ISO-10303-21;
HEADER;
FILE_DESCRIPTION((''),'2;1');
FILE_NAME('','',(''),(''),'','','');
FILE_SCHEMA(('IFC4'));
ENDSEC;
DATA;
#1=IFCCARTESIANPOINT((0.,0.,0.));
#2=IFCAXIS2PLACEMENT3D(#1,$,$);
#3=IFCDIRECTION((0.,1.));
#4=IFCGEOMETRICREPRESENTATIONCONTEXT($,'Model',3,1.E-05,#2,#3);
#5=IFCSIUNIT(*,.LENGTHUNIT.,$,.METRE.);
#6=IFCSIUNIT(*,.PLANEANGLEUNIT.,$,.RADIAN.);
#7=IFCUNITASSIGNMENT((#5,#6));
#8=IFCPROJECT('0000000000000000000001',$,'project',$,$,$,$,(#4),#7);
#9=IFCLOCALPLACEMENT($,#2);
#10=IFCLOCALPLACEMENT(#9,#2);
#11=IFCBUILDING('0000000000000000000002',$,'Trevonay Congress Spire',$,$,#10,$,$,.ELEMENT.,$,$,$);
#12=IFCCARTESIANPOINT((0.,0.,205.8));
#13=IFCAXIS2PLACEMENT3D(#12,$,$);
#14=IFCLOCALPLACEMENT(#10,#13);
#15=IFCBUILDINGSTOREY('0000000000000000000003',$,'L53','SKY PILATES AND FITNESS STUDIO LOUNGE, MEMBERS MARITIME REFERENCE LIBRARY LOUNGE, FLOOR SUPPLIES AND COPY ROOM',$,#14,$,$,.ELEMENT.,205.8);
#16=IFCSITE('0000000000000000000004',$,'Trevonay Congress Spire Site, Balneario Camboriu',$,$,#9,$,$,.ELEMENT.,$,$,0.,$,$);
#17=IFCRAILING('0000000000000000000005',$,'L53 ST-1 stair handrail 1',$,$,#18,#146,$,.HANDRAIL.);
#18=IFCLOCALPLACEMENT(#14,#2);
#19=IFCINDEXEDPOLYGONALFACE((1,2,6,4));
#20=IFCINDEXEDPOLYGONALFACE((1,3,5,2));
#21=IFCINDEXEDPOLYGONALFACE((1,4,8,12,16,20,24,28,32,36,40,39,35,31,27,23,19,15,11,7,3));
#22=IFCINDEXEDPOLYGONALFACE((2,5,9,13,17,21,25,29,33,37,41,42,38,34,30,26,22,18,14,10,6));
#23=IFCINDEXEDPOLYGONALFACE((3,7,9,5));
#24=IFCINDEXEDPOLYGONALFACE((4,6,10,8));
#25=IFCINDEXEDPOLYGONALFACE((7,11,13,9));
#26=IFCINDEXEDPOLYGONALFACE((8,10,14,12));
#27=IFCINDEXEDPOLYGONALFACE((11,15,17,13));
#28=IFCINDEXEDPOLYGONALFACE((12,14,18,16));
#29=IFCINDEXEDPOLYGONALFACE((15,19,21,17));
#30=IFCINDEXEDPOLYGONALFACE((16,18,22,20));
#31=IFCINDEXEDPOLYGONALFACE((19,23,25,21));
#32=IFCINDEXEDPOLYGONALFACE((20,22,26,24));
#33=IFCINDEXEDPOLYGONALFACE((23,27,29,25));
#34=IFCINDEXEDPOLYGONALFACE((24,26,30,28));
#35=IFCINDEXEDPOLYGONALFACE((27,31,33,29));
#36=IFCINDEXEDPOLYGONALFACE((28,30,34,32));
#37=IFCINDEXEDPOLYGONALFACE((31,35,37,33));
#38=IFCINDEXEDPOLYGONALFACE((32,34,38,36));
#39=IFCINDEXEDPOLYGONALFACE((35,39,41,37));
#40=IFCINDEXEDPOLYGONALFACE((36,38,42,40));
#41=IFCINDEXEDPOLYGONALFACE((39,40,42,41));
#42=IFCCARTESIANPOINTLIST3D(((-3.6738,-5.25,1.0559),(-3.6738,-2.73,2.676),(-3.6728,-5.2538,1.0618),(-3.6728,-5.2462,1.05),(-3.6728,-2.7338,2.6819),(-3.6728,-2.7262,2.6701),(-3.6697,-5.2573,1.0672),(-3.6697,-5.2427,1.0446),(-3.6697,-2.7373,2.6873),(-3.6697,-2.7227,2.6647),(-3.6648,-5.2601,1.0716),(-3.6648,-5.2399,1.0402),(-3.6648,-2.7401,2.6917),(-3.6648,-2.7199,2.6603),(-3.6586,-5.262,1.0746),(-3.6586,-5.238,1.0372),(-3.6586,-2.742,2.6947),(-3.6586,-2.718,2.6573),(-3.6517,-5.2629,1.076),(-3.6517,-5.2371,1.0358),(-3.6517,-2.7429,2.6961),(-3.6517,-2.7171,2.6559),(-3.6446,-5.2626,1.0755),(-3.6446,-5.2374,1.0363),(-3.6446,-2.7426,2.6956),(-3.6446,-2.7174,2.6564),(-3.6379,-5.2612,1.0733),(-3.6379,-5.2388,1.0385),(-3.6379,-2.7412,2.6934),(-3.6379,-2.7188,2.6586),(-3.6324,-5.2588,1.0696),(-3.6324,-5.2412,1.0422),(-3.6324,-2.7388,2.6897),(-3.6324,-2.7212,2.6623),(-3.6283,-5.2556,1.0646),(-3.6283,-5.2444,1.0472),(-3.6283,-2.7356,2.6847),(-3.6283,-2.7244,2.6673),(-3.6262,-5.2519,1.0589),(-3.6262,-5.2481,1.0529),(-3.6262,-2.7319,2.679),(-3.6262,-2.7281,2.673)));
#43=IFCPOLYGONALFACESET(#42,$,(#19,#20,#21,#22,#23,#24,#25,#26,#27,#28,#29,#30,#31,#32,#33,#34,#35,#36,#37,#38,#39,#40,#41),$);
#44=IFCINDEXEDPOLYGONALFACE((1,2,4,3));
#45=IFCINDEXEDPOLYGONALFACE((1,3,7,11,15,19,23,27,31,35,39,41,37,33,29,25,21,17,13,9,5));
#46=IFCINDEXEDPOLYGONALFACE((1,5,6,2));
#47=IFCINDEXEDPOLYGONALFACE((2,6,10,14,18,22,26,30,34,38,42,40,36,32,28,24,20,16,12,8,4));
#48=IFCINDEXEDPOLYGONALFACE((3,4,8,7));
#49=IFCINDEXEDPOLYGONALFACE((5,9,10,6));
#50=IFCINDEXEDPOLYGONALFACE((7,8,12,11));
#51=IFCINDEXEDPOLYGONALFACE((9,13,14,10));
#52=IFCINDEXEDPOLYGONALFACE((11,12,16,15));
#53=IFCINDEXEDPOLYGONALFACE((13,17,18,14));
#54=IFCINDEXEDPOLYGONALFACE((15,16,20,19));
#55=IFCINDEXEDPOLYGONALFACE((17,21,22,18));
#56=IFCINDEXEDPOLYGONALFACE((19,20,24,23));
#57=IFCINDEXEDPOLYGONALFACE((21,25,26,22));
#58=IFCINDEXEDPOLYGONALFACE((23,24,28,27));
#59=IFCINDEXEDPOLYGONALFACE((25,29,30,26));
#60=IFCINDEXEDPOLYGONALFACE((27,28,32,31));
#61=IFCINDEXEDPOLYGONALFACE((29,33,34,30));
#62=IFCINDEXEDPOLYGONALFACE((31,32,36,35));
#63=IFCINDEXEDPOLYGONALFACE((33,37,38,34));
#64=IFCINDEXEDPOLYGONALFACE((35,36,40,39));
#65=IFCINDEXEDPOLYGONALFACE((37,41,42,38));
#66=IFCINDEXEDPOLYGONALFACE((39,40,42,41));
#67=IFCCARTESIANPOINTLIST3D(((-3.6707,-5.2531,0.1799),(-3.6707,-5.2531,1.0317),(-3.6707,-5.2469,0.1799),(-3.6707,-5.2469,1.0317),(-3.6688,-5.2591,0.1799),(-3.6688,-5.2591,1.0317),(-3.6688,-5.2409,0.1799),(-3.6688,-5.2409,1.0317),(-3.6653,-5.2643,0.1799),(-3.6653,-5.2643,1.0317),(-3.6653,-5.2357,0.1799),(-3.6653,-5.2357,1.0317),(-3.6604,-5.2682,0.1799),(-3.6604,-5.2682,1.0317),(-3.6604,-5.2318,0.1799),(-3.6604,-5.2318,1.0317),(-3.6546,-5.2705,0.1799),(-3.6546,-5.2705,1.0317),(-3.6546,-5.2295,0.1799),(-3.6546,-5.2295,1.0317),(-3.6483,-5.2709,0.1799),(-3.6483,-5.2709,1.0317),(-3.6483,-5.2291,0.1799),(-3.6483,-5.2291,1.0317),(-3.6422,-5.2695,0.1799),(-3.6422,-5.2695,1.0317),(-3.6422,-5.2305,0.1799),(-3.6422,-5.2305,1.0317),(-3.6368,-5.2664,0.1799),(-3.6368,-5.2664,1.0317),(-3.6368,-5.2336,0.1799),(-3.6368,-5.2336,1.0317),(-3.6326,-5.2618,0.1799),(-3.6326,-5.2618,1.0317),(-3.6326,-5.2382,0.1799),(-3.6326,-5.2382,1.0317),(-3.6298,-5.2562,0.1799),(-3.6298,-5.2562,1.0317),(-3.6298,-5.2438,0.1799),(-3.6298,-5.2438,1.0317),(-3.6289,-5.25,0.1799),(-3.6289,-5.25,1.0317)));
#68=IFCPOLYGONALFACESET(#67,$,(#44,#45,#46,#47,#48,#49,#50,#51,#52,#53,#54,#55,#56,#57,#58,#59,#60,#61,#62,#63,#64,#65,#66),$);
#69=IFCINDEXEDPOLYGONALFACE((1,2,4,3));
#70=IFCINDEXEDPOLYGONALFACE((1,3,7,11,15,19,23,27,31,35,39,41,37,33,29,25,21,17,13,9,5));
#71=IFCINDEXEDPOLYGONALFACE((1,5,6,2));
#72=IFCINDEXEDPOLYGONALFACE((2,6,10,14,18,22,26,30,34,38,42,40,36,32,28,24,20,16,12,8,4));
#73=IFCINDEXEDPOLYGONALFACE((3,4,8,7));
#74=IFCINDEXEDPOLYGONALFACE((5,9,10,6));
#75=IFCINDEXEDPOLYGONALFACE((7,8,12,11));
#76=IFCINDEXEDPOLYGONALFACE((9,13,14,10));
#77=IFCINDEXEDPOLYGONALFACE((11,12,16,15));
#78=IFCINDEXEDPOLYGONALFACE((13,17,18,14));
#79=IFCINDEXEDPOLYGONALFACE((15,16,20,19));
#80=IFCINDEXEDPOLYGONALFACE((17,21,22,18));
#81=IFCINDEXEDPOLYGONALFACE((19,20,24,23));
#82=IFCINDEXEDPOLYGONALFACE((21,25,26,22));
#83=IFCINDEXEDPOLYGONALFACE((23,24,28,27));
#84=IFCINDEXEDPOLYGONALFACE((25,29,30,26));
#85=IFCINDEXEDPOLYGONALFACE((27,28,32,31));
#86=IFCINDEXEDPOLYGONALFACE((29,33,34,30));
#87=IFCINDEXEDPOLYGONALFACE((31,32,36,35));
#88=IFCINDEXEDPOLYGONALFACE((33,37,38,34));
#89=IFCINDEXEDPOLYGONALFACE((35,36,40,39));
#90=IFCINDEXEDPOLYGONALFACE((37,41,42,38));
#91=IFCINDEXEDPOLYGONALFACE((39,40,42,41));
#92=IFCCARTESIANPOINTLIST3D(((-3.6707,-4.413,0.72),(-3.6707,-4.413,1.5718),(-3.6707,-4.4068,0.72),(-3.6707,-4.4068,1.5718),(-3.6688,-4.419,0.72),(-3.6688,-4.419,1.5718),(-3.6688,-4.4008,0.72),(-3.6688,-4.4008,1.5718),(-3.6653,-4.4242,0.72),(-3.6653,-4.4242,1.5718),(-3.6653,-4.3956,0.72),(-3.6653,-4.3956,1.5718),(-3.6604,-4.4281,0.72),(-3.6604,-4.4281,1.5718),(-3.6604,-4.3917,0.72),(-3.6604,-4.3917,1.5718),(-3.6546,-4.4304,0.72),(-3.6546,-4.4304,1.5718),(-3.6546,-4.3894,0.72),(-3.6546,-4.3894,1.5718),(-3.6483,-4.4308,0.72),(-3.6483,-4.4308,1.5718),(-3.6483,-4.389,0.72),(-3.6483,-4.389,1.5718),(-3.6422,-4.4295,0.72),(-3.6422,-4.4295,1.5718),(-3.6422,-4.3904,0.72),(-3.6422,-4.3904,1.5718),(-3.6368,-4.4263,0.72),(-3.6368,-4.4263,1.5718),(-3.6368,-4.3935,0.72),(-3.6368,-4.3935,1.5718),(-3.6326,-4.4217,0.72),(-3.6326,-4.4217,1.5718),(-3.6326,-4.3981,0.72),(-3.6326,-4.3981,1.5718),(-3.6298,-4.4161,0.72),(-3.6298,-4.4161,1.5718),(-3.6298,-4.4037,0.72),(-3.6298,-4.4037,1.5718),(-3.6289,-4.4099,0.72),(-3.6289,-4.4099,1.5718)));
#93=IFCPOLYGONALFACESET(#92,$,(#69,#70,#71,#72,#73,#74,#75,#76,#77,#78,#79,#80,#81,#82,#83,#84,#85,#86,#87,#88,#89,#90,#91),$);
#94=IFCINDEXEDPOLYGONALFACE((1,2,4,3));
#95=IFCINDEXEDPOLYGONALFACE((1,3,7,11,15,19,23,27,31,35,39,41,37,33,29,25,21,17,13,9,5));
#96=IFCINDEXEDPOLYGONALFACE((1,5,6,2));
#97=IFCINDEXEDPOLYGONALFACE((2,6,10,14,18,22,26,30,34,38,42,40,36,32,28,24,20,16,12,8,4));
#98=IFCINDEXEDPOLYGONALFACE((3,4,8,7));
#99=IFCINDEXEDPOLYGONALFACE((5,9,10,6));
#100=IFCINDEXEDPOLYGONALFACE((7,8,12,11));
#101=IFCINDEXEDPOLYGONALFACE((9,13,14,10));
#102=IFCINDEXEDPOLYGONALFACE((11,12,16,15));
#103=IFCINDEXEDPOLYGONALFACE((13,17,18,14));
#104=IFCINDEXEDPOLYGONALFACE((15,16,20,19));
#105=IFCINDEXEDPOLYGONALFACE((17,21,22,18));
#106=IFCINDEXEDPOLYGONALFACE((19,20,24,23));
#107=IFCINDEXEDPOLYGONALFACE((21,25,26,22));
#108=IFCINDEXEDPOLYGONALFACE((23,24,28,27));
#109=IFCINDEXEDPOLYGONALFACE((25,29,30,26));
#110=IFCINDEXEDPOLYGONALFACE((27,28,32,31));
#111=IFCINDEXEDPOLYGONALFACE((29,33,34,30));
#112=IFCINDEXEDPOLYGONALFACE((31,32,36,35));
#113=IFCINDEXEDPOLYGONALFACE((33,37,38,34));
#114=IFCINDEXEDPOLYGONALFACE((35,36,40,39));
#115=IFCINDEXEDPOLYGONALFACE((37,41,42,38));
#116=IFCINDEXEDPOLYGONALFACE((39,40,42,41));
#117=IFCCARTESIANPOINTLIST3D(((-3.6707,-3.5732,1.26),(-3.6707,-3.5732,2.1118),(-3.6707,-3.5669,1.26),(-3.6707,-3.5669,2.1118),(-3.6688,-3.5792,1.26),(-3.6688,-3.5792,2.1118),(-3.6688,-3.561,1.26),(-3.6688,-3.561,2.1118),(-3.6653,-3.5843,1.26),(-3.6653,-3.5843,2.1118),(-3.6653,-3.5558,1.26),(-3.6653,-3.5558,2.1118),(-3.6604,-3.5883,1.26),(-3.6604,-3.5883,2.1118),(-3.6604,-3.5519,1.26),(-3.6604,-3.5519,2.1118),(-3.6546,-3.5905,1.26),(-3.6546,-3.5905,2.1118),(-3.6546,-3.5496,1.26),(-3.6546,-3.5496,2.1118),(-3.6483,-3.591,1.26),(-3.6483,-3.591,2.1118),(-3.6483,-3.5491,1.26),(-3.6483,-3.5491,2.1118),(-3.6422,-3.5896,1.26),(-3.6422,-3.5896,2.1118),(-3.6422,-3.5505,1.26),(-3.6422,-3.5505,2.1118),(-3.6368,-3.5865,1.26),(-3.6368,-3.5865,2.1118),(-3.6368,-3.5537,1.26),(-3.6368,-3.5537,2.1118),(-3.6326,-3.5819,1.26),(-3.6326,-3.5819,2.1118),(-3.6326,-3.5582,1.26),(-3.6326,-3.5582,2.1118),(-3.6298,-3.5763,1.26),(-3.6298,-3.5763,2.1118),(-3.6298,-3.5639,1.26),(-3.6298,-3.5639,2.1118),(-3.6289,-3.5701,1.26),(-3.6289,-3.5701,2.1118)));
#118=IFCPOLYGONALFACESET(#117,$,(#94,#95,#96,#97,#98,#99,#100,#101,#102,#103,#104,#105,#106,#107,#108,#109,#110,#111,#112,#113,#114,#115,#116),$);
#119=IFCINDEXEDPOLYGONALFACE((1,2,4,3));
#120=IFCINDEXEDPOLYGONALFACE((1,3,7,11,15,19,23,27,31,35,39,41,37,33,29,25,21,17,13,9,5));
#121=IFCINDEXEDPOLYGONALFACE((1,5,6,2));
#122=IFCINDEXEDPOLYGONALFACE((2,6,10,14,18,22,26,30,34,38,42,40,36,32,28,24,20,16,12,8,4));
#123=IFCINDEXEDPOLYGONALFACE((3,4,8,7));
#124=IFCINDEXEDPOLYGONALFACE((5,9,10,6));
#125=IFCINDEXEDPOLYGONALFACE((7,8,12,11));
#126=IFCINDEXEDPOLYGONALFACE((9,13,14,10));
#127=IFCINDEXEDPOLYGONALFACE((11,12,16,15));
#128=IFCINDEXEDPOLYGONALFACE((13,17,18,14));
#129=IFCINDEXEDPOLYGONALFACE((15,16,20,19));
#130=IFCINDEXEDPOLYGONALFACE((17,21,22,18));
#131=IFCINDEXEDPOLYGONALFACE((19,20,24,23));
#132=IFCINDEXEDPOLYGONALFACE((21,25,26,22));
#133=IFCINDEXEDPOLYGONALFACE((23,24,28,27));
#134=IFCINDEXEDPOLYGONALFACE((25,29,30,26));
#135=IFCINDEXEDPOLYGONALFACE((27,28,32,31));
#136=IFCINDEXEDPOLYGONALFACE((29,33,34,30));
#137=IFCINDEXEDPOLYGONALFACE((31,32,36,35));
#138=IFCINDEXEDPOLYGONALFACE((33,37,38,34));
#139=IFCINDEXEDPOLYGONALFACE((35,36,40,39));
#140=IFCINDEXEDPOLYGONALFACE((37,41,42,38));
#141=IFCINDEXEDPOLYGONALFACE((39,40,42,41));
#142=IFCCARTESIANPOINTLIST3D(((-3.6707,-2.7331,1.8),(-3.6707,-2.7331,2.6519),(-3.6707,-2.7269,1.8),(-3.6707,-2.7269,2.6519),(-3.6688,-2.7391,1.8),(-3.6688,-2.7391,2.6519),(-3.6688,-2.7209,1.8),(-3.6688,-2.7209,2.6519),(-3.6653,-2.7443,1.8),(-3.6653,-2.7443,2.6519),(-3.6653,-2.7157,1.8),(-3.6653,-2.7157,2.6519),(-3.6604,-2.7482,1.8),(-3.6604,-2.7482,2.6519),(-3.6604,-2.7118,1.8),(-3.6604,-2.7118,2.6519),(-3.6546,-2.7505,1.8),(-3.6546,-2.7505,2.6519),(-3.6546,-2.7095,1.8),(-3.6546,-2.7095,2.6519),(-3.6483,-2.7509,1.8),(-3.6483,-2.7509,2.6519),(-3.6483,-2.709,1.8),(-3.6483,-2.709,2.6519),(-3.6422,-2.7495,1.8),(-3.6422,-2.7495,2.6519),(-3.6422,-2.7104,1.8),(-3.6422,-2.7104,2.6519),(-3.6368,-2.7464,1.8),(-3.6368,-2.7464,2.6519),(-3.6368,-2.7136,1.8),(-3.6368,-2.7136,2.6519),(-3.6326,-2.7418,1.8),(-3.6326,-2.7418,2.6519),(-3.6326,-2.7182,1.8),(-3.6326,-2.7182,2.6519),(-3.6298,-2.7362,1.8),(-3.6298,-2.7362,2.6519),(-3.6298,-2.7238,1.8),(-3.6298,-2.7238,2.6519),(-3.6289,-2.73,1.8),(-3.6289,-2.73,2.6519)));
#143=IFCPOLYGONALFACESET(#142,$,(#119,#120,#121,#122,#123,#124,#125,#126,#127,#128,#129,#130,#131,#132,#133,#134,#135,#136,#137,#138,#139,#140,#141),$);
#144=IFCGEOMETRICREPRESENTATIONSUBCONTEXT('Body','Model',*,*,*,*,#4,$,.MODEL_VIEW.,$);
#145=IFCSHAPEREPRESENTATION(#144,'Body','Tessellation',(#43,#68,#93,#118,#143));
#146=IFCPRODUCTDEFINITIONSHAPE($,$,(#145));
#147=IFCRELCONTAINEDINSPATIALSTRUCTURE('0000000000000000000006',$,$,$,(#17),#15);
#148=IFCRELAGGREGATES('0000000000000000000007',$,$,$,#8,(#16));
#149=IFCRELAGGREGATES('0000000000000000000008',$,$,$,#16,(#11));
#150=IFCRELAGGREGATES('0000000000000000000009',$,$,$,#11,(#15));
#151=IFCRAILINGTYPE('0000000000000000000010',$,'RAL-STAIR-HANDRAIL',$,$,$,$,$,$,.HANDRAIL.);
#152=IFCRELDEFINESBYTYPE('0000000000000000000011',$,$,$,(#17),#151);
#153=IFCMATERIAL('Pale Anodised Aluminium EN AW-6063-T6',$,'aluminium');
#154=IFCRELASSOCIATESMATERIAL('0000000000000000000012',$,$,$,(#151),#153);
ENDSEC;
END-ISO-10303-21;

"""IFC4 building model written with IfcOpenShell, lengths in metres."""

from ifc_helpers import new_model, si_unit, direction, frame, origin, origin_2d, place, context, subcontext, project, spatial, circle, extrude, material, type_object, element, save


model = new_model("IFC4")

# Units and contexts
model_context = context("Model", 3, precision=1e-05, world=origin(), true_north=direction((0.0, 1.0)))
body_context = subcontext(model_context, "Body", "Model", "MODEL_VIEW")
ifc_project = project(units=[si_unit("LENGTHUNIT", "METRE"), si_unit("PLANEANGLEUNIT", "RADIAN")], contexts=[model_context])

# Site, building, storey
site_placement = place(None, origin())
site = spatial("IfcSite", under=ifc_project, at=site_placement, Name="Trevonay Congress Spire Site, Balneario Camboriu", CompositionType="ELEMENT", RefElevation=0.0)
building_placement = place(site_placement, origin())
building = spatial("IfcBuilding", under=site, at=building_placement, Name="Trevonay Congress Spire", CompositionType="ELEMENT")
storey_placement = place(building_placement, frame((0.0, 0.0, 205.8)))
storey = spatial("IfcBuildingStorey", under=building, at=storey_placement, Name="L53", Description="SKY PILATES AND FITNESS STUDIO LOUNGE, MEMBERS MARITIME REFERENCE LIBRARY LOUNGE, FLOOR SUPPLIES AND COPY ROOM", CompositionType="ELEMENT", Elevation=205.8)

# Railing
ifc_material_1 = material(Name="Pale Anodised Aluminium EN AW-6063-T6", Category="aluminium")
railing_type_1 = type_object("IfcRailingType", Name="RAL-STAIR-HANDRAIL", PredefinedType="HANDRAIL", material=ifc_material_1)
railing_1_placement = place(storey_placement, frame((-3.6499, -5.25, 0.1799)))
element("IfcRailing", 1, at=railing_1_placement, inside=storey, type_object=railing_type_1, Name="L53 ST-1 stair handrail 1", PredefinedType="HANDRAIL", context=body_context, shape_type="SweptSolid", body=[
    extrude(circle(Radius=0.0239, at=origin_2d()), frame((0.0, 0.0, 0.876), z_axis=(0.0, 0.841163, 0.540782), x_axis=(-1.0, 0.0, 0.0)), (0.0, 0.0, 1.0), 2.9958),
    extrude(circle(Radius=0.021, at=origin_2d()), origin(), (0.0, 0.0, 1.0), 0.8518),
    extrude(circle(Radius=0.021, at=origin_2d()), frame((0.0, 0.8401, 0.54)), (0.0, 0.0, 1.0), 0.8518),
    extrude(circle(Radius=0.021, at=origin_2d()), frame((0.0, 1.6799, 1.0801)), (0.0, 0.0, 1.0), 0.8518),
    extrude(circle(Radius=0.021, at=origin_2d()), frame((0.0, 2.52, 1.6201)), (0.0, 0.0, 1.0), 0.8518),
])

save(model, "model.ifc")
